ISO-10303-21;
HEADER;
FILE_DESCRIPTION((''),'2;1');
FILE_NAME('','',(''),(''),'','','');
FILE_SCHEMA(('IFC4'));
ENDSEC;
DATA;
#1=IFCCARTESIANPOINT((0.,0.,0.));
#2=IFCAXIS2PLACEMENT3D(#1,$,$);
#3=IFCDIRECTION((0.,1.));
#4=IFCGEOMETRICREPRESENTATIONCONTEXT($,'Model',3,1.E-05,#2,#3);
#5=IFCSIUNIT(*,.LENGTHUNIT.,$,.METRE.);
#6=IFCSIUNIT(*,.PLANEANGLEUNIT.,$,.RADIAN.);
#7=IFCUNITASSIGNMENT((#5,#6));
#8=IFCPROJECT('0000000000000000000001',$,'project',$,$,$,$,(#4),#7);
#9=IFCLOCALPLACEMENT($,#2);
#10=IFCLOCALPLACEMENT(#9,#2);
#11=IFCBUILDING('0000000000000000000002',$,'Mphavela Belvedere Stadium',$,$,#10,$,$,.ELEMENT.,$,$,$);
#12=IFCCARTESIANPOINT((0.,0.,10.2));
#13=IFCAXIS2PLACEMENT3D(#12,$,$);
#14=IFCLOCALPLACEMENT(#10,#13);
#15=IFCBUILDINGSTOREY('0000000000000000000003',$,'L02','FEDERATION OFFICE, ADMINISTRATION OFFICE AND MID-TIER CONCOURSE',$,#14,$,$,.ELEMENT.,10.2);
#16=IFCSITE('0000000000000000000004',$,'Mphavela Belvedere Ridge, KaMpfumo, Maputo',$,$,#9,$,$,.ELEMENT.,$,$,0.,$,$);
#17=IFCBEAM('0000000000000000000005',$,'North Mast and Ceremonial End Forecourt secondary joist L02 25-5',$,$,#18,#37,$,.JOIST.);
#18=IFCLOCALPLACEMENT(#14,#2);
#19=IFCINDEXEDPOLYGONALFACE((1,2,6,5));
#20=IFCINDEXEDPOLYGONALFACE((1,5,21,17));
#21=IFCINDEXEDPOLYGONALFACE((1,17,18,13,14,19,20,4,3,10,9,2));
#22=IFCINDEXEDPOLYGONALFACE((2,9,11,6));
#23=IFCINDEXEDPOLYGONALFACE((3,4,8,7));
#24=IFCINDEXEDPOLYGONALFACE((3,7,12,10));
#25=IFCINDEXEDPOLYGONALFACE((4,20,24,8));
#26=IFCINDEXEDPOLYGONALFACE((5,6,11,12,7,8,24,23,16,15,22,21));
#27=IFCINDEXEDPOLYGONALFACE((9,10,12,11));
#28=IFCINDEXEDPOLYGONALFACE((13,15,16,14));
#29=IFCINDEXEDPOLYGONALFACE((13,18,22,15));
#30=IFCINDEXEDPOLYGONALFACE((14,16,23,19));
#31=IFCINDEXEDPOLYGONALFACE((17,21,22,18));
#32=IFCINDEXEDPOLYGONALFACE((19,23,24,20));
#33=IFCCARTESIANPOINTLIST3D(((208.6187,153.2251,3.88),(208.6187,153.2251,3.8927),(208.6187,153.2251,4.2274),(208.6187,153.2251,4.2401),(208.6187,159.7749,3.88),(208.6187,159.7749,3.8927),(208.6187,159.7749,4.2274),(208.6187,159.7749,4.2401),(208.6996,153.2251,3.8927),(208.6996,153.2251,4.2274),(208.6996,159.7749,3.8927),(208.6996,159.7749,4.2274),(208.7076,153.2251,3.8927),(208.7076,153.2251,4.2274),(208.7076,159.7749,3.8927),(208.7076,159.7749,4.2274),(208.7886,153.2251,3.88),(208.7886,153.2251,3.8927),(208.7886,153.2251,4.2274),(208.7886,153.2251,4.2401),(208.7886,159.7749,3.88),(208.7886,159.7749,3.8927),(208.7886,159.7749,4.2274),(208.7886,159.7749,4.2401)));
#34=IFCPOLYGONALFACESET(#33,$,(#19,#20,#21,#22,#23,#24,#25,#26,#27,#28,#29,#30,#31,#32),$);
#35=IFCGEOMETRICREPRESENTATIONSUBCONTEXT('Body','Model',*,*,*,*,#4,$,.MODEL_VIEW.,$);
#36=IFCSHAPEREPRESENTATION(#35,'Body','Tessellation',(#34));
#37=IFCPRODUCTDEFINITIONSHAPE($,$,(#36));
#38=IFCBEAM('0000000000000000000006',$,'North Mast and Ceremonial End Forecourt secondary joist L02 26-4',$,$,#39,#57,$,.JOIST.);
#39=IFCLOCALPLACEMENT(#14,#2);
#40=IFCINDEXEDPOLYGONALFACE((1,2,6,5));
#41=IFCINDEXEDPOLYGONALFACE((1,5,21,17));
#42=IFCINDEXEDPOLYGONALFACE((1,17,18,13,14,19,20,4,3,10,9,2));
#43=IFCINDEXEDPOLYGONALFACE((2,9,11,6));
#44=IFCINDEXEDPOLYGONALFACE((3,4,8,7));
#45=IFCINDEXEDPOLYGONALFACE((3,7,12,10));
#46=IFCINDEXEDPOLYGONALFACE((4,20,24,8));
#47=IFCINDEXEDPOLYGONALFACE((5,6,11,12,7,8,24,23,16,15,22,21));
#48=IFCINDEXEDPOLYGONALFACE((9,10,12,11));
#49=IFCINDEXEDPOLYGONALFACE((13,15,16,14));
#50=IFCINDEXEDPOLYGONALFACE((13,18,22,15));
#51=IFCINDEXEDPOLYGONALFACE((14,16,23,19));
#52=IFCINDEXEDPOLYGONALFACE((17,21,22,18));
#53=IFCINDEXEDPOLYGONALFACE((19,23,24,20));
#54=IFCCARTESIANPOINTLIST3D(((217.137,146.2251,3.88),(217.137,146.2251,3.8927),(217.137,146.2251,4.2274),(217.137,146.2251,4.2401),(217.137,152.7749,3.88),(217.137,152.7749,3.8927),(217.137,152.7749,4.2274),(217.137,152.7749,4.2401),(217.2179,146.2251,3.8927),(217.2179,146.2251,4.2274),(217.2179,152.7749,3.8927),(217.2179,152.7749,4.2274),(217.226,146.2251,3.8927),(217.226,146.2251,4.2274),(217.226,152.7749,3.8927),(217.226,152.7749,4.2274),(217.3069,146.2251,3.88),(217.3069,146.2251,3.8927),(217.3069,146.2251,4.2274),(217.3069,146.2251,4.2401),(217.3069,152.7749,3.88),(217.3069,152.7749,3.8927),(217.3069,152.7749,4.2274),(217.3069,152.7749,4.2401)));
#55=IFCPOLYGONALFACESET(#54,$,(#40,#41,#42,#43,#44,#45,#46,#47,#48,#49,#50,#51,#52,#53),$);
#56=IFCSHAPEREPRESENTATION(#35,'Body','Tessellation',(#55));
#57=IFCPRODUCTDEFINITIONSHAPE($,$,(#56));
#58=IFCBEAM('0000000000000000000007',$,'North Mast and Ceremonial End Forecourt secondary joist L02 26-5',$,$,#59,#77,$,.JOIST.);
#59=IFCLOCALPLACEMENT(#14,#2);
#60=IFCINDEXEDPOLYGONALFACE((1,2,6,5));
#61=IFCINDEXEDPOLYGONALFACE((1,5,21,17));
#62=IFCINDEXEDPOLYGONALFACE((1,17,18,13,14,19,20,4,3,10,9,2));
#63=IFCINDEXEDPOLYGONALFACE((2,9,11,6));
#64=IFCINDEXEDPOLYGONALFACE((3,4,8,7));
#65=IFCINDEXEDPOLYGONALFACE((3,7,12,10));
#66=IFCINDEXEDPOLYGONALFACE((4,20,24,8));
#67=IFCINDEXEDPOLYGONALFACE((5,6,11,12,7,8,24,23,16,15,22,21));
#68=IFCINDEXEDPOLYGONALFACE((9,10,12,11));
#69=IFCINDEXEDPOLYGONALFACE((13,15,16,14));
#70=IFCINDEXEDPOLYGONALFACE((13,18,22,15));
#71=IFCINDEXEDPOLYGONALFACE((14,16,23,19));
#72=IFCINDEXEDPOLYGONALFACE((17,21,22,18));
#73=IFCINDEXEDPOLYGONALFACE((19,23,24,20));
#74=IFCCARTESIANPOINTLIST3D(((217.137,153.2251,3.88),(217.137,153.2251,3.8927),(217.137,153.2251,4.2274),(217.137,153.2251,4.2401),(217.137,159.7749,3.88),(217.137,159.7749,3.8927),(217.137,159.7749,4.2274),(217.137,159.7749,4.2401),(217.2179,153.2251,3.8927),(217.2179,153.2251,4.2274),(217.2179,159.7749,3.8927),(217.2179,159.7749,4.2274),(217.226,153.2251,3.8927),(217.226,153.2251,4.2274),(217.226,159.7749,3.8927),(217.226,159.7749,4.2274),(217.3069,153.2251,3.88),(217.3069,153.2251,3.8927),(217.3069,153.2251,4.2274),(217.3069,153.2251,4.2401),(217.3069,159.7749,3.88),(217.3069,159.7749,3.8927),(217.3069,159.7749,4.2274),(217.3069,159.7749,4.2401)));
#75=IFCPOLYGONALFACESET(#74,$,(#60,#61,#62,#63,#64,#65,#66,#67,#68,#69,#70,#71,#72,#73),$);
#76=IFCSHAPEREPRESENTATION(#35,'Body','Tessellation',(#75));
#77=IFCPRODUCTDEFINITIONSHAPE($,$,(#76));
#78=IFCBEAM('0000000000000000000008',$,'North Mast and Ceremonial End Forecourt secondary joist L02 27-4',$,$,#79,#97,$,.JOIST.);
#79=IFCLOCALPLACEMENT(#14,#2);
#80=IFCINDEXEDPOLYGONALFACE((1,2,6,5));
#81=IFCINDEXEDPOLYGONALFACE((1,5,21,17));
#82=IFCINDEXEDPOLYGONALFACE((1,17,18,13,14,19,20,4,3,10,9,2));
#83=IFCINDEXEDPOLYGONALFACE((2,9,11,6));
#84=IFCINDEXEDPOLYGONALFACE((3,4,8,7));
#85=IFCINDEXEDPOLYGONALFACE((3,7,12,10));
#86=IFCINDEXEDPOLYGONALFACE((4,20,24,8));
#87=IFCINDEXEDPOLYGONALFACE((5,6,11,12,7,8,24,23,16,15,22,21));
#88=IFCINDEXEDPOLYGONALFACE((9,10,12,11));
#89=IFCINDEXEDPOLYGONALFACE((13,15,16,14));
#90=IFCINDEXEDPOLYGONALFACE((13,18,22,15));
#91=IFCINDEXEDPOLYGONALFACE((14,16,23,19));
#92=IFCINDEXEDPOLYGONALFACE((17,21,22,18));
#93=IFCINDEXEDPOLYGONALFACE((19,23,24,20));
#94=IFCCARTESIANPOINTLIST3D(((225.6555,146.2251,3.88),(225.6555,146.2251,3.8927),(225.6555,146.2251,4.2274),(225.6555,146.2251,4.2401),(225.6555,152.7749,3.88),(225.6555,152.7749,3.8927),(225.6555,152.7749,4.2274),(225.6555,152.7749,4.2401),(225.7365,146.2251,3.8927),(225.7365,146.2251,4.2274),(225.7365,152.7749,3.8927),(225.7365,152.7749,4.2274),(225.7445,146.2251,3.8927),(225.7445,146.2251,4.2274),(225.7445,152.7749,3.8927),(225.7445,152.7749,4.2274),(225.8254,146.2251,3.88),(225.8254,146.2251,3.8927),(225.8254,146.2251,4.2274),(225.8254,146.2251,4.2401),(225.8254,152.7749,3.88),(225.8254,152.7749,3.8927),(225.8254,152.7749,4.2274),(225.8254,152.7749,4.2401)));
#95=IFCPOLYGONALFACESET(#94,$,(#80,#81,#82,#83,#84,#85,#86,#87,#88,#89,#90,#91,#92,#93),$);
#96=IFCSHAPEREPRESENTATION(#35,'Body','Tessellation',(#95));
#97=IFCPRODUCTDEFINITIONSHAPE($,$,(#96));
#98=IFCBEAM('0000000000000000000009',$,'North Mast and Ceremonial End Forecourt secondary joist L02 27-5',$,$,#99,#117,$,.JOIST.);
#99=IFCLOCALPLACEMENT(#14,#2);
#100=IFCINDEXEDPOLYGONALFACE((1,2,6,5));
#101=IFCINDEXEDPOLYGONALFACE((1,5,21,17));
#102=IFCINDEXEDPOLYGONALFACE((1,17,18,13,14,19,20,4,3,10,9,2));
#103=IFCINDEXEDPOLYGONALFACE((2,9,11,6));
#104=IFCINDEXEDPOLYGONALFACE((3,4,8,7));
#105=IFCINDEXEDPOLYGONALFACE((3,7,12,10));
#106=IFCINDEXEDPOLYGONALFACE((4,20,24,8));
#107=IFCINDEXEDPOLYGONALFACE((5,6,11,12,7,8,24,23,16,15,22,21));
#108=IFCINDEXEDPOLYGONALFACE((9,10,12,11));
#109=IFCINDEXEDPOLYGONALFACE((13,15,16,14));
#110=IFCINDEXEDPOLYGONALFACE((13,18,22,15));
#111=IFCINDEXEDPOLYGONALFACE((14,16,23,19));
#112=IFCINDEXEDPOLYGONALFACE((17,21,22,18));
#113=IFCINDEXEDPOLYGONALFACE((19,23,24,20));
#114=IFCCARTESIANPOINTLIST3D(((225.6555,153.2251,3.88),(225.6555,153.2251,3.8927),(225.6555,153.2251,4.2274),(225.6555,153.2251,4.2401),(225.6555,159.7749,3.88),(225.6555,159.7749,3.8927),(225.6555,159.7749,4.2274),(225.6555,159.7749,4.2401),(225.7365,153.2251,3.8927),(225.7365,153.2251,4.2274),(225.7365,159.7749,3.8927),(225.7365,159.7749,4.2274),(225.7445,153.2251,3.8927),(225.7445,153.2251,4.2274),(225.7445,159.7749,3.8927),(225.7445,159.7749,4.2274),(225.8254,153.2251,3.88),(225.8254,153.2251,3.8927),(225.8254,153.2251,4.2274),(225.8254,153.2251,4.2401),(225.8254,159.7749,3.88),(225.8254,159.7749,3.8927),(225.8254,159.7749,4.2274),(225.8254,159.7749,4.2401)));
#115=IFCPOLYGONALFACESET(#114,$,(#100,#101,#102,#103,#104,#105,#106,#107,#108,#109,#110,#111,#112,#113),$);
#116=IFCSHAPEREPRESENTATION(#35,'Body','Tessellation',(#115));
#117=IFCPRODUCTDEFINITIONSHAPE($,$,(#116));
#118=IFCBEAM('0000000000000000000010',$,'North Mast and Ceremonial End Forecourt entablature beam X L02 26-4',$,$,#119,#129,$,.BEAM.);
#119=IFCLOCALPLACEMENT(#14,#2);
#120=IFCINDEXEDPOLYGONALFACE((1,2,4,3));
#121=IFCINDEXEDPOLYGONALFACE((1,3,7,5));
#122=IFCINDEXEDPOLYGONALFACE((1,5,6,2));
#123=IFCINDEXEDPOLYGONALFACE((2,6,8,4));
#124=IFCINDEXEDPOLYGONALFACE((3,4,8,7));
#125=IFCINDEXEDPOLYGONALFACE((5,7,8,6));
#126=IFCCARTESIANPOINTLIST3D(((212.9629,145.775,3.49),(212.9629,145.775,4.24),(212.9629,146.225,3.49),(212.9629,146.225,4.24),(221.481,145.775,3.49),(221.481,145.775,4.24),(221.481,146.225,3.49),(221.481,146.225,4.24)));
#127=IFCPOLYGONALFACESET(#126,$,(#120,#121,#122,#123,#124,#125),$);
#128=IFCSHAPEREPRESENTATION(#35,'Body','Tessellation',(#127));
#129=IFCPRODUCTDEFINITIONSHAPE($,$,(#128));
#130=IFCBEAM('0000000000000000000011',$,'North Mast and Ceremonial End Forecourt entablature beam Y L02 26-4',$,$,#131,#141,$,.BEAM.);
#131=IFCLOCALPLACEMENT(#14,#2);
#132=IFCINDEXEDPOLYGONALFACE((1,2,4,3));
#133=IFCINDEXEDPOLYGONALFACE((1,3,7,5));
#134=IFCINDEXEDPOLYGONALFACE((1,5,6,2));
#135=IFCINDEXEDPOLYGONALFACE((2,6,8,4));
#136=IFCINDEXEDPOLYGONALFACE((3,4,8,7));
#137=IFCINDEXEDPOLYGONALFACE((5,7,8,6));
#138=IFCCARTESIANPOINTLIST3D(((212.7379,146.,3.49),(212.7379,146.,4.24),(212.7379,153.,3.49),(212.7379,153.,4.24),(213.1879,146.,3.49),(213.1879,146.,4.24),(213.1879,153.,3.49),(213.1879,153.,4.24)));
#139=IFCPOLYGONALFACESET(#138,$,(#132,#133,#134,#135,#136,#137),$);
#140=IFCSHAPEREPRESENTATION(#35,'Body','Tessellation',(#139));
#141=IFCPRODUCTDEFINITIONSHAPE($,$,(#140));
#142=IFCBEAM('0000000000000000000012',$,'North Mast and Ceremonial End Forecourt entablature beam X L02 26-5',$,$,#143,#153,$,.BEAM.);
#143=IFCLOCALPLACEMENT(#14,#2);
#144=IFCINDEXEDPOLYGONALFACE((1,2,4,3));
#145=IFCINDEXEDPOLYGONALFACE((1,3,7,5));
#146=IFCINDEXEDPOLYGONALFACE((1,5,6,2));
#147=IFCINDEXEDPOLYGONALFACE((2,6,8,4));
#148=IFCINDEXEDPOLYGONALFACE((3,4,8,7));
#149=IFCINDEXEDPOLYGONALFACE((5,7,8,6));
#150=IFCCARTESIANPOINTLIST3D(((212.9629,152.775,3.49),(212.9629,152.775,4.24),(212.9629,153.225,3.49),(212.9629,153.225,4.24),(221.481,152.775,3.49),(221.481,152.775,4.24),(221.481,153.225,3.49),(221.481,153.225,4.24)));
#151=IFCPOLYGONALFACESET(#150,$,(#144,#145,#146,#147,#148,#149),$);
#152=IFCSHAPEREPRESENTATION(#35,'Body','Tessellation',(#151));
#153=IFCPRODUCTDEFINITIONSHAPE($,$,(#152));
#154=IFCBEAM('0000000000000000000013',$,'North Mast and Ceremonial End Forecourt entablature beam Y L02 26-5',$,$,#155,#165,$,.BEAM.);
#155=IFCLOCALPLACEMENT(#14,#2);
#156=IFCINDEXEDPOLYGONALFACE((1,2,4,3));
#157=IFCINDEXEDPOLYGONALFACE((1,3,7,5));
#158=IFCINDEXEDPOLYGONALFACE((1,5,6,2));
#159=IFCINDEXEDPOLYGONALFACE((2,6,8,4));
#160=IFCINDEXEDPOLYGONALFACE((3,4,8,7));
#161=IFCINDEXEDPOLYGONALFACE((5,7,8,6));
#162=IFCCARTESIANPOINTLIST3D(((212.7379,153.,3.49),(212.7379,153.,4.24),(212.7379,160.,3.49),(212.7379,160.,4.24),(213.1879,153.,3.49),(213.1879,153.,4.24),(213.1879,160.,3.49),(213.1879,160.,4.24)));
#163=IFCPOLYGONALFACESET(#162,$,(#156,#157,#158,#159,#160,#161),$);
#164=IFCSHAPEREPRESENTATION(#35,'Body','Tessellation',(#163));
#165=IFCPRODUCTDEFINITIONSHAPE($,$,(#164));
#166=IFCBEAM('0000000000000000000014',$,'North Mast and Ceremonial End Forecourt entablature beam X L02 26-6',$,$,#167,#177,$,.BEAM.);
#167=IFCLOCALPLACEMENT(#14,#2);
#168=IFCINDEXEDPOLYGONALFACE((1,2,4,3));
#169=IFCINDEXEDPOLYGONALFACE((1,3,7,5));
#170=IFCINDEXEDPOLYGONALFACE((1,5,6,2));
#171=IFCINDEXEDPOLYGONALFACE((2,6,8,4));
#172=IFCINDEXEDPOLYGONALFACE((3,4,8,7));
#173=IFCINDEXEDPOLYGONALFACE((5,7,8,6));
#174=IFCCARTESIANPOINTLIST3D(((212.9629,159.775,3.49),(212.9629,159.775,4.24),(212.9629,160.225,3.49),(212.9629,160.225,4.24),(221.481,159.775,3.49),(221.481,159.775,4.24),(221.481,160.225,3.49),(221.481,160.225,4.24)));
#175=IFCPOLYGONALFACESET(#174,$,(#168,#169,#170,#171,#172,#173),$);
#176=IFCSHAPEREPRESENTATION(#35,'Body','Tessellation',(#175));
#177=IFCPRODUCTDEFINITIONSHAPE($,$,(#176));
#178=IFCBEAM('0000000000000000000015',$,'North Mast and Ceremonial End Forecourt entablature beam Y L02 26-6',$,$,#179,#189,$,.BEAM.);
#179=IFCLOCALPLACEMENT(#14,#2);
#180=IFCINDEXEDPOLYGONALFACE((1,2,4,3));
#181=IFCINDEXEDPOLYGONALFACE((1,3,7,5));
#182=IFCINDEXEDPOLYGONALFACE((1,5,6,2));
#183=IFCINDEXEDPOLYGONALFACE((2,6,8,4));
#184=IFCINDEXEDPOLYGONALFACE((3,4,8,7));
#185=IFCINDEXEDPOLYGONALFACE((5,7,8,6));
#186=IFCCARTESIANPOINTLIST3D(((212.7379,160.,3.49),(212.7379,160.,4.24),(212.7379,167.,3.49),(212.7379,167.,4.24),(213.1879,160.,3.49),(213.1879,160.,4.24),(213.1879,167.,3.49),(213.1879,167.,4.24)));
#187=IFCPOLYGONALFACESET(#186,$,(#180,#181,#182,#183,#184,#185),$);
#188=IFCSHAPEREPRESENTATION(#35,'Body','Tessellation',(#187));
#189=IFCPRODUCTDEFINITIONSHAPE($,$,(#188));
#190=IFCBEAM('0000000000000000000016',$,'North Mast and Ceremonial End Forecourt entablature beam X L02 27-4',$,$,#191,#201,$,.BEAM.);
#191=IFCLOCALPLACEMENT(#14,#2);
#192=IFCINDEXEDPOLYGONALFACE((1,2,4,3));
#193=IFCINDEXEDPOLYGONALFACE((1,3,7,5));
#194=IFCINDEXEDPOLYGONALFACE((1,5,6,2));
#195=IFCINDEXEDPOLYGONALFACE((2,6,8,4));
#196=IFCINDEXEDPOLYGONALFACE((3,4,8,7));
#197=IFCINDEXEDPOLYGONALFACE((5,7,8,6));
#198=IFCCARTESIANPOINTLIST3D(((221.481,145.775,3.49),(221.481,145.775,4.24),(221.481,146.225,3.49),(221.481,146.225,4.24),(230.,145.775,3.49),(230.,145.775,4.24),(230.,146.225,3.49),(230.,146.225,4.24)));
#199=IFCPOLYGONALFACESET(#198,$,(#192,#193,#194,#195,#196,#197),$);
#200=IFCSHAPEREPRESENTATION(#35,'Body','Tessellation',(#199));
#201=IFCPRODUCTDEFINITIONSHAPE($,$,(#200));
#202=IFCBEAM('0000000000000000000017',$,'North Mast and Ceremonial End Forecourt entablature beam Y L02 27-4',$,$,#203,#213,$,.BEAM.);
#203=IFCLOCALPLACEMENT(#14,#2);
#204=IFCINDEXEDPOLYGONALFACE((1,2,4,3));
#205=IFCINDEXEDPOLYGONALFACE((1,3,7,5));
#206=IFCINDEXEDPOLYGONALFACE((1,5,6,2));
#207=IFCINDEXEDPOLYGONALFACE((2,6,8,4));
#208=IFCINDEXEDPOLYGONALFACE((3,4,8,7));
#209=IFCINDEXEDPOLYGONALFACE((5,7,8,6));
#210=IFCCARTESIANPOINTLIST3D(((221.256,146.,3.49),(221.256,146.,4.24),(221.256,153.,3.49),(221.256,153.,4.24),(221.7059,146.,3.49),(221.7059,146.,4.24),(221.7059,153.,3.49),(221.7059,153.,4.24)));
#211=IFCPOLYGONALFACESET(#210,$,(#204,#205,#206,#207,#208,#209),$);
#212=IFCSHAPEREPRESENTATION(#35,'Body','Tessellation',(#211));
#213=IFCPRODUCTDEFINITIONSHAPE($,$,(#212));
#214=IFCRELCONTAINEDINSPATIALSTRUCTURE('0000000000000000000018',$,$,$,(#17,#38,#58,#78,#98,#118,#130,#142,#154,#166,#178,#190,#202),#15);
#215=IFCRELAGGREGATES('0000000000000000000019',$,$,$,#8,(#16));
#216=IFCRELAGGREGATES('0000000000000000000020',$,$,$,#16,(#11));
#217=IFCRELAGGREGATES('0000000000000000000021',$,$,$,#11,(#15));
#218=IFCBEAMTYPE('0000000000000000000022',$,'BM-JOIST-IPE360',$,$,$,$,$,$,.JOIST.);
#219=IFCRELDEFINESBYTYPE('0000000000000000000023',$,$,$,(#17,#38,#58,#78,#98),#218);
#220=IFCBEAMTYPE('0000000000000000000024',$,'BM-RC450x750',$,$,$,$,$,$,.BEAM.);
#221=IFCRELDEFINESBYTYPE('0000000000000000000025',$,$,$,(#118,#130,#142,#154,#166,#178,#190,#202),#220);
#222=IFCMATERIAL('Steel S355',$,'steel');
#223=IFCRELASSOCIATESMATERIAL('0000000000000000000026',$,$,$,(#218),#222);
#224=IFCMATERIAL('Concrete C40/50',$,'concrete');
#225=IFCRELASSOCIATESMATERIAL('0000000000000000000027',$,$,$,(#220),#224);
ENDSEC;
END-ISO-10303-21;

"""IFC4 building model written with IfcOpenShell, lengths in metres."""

from ifc_helpers import new_model, si_unit, direction, frame, origin, origin_2d, place, context, subcontext, project, spatial, rectangle, i_section, extrude, material, material_profile, profile_set, type_object, element, save


model = new_model("IFC4")

# Units and contexts
model_context = context("Model", 3, precision=1e-05, world=origin(), true_north=direction((0.0, 1.0)))
body_context = subcontext(model_context, "Body", "Model", "MODEL_VIEW")
ifc_project = project(units=[si_unit("LENGTHUNIT", "METRE"), si_unit("PLANEANGLEUNIT", "RADIAN")], contexts=[model_context])

# Site, building, storey
site_placement = place(None, origin())
site = spatial("IfcSite", under=ifc_project, at=site_placement, Name="Mphavela Belvedere Ridge, KaMpfumo, Maputo", CompositionType="ELEMENT", RefElevation=0.0)
building_placement = place(site_placement, origin())
building = spatial("IfcBuilding", under=site, at=building_placement, Name="Mphavela Belvedere Stadium", CompositionType="ELEMENT")
storey_placement = place(building_placement, frame((0.0, 0.0, 10.2)))
storey = spatial("IfcBuildingStorey", under=building, at=storey_placement, Name="L02", Description="FEDERATION OFFICE, ADMINISTRATION OFFICE AND MID-TIER CONCOURSE", CompositionType="ELEMENT", Elevation=10.2)

# Beams
ifc_material_1 = material(Name="Steel S355", Category="steel")
ifc_material_profile_1 = material_profile(ifc_material_1, i_section(OverallWidth=0.1699, OverallDepth=0.3601, WebThickness=0.0081, FlangeThickness=0.0127, at=origin_2d()), Name="IPE 360")
ifc_profile_set_1 = profile_set([ifc_material_profile_1], Name="Steel S355")
beam_type_1 = type_object("IfcBeamType", Name="BM-JOIST-IPE360", PredefinedType="JOIST", material=ifc_profile_set_1)
for number, where, z_axis, x_axis, name in (
    (1, (208.7036, 153.2251, 4.0601), (0.0, 1.0, 0.0), (-1.0, 0.0, 0.0), "North Mast and Ceremonial End Forecourt secondary joist L02 25-5"),
    (2, (217.2219, 146.2251, 4.0601), (0.0, 1.0, 0.0), (-1.0, 0.0, 0.0), "North Mast and Ceremonial End Forecourt secondary joist L02 26-4"),
    (3, (217.2219, 153.2251, 4.0601), (0.0, 1.0, 0.0), (-1.0, 0.0, 0.0), "North Mast and Ceremonial End Forecourt secondary joist L02 26-5"),
    (4, (225.7405, 146.2251, 4.0601), (0.0, 1.0, 0.0), (-1.0, 0.0, 0.0), "North Mast and Ceremonial End Forecourt secondary joist L02 27-4"),
    (5, (225.7405, 153.2251, 4.0601), (0.0, 1.0, 0.0), (-1.0, 0.0, 0.0), "North Mast and Ceremonial End Forecourt secondary joist L02 27-5"),
):
    element("IfcBeam", number, at=place(storey_placement, frame(where, z_axis=z_axis, x_axis=x_axis)), inside=storey, type_object=beam_type_1, Name=name, PredefinedType="JOIST", context=body_context, shape_type="SweptSolid", body=[
        extrude(i_section(OverallWidth=0.1699, OverallDepth=0.3601, WebThickness=0.0081, FlangeThickness=0.0127, at=origin_2d()), origin(), (0.0, 0.0, 1.0), 6.5498),
    ])
ifc_material_2 = material(Name="Concrete C40/50", Category="concrete")
ifc_material_profile_2 = material_profile(ifc_material_2, rectangle(XDim=0.45, YDim=0.75, at=origin_2d()), Name="RC 450x750")
ifc_profile_set_2 = profile_set([ifc_material_profile_2], Name="Concrete C40/50")
beam_type_2 = type_object("IfcBeamType", Name="BM-RC450x750", PredefinedType="BEAM", material=ifc_profile_set_2)
beam_1_placement = place(storey_placement, frame((212.9629, 146.0, 3.865), z_axis=(1.0, 0.0, 0.0), x_axis=(0.0, 1.0, 0.0)))
element("IfcBeam", 6, at=beam_1_placement, inside=storey, type_object=beam_type_2, Name="North Mast and Ceremonial End Forecourt entablature beam X L02 26-4", PredefinedType="BEAM", context=body_context, shape_type="SweptSolid", body=[
    extrude(rectangle(XDim=0.45, YDim=0.75, at=origin_2d()), origin(), (0.0, 0.0, 1.0), 8.5181),
])
beam_2_placement = place(storey_placement, frame((212.9629, 146.0, 3.865), z_axis=(0.0, 1.0, 0.0), x_axis=(-1.0, 0.0, 0.0)))
element("IfcBeam", 7, at=beam_2_placement, inside=storey, type_object=beam_type_2, Name="North Mast and Ceremonial End Forecourt entablature beam Y L02 26-4", PredefinedType="BEAM", context=body_context, shape_type="SweptSolid", body=[
    extrude(rectangle(XDim=0.45, YDim=0.75, at=origin_2d()), origin(), (0.0, 0.0, 1.0), 7.0),
])
beam_3_placement = place(storey_placement, frame((212.9629, 153.0, 3.865), z_axis=(1.0, 0.0, 0.0), x_axis=(0.0, 1.0, 0.0)))
element("IfcBeam", 8, at=beam_3_placement, inside=storey, type_object=beam_type_2, Name="North Mast and Ceremonial End Forecourt entablature beam X L02 26-5", PredefinedType="BEAM", context=body_context, shape_type="SweptSolid", body=[
    extrude(rectangle(XDim=0.45, YDim=0.75, at=origin_2d()), origin(), (0.0, 0.0, 1.0), 8.5181),
])
beam_4_placement = place(storey_placement, frame((212.9629, 153.0, 3.865), z_axis=(0.0, 1.0, 0.0), x_axis=(-1.0, 0.0, 0.0)))
element("IfcBeam", 9, at=beam_4_placement, inside=storey, type_object=beam_type_2, Name="North Mast and Ceremonial End Forecourt entablature beam Y L02 26-5", PredefinedType="BEAM", context=body_context, shape_type="SweptSolid", body=[
    extrude(rectangle(XDim=0.45, YDim=0.75, at=origin_2d()), origin(), (0.0, 0.0, 1.0), 7.0),
])
beam_5_placement = place(storey_placement, frame((212.9629, 160.0, 3.865), z_axis=(1.0, 0.0, 0.0), x_axis=(0.0, 1.0, 0.0)))
element("IfcBeam", 10, at=beam_5_placement, inside=storey, type_object=beam_type_2, Name="North Mast and Ceremonial End Forecourt entablature beam X L02 26-6", PredefinedType="BEAM", context=body_context, shape_type="SweptSolid", body=[
    extrude(rectangle(XDim=0.45, YDim=0.75, at=origin_2d()), origin(), (0.0, 0.0, 1.0), 8.5181),
])
beam_6_placement = place(storey_placement, frame((212.9629, 160.0, 3.865), z_axis=(0.0, 1.0, 0.0), x_axis=(-1.0, 0.0, 0.0)))
element("IfcBeam", 11, at=beam_6_placement, inside=storey, type_object=beam_type_2, Name="North Mast and Ceremonial End Forecourt entablature beam Y L02 26-6", PredefinedType="BEAM", context=body_context, shape_type="SweptSolid", body=[
    extrude(rectangle(XDim=0.45, YDim=0.75, at=origin_2d()), origin(), (0.0, 0.0, 1.0), 7.0),
])
beam_7_placement = place(storey_placement, frame((221.481, 146.0, 3.865), z_axis=(1.0, 0.0, 0.0), x_axis=(0.0, 1.0, 0.0)))
element("IfcBeam", 12, at=beam_7_placement, inside=storey, type_object=beam_type_2, Name="North Mast and Ceremonial End Forecourt entablature beam X L02 27-4", PredefinedType="BEAM", context=body_context, shape_type="SweptSolid", body=[
    extrude(rectangle(XDim=0.45, YDim=0.75, at=origin_2d()), origin(), (0.0, 0.0, 1.0), 8.519),
])
beam_8_placement = place(storey_placement, frame((221.481, 146.0, 3.865), z_axis=(0.0, 1.0, 0.0), x_axis=(-1.0, 0.0, 0.0)))
element("IfcBeam", 13, at=beam_8_placement, inside=storey, type_object=beam_type_2, Name="North Mast and Ceremonial End Forecourt entablature beam Y L02 27-4", PredefinedType="BEAM", context=body_context, shape_type="SweptSolid", body=[
    extrude(rectangle(XDim=0.45, YDim=0.75, at=origin_2d()), origin(), (0.0, 0.0, 1.0), 7.0),
])

save(model, "model.ifc")
